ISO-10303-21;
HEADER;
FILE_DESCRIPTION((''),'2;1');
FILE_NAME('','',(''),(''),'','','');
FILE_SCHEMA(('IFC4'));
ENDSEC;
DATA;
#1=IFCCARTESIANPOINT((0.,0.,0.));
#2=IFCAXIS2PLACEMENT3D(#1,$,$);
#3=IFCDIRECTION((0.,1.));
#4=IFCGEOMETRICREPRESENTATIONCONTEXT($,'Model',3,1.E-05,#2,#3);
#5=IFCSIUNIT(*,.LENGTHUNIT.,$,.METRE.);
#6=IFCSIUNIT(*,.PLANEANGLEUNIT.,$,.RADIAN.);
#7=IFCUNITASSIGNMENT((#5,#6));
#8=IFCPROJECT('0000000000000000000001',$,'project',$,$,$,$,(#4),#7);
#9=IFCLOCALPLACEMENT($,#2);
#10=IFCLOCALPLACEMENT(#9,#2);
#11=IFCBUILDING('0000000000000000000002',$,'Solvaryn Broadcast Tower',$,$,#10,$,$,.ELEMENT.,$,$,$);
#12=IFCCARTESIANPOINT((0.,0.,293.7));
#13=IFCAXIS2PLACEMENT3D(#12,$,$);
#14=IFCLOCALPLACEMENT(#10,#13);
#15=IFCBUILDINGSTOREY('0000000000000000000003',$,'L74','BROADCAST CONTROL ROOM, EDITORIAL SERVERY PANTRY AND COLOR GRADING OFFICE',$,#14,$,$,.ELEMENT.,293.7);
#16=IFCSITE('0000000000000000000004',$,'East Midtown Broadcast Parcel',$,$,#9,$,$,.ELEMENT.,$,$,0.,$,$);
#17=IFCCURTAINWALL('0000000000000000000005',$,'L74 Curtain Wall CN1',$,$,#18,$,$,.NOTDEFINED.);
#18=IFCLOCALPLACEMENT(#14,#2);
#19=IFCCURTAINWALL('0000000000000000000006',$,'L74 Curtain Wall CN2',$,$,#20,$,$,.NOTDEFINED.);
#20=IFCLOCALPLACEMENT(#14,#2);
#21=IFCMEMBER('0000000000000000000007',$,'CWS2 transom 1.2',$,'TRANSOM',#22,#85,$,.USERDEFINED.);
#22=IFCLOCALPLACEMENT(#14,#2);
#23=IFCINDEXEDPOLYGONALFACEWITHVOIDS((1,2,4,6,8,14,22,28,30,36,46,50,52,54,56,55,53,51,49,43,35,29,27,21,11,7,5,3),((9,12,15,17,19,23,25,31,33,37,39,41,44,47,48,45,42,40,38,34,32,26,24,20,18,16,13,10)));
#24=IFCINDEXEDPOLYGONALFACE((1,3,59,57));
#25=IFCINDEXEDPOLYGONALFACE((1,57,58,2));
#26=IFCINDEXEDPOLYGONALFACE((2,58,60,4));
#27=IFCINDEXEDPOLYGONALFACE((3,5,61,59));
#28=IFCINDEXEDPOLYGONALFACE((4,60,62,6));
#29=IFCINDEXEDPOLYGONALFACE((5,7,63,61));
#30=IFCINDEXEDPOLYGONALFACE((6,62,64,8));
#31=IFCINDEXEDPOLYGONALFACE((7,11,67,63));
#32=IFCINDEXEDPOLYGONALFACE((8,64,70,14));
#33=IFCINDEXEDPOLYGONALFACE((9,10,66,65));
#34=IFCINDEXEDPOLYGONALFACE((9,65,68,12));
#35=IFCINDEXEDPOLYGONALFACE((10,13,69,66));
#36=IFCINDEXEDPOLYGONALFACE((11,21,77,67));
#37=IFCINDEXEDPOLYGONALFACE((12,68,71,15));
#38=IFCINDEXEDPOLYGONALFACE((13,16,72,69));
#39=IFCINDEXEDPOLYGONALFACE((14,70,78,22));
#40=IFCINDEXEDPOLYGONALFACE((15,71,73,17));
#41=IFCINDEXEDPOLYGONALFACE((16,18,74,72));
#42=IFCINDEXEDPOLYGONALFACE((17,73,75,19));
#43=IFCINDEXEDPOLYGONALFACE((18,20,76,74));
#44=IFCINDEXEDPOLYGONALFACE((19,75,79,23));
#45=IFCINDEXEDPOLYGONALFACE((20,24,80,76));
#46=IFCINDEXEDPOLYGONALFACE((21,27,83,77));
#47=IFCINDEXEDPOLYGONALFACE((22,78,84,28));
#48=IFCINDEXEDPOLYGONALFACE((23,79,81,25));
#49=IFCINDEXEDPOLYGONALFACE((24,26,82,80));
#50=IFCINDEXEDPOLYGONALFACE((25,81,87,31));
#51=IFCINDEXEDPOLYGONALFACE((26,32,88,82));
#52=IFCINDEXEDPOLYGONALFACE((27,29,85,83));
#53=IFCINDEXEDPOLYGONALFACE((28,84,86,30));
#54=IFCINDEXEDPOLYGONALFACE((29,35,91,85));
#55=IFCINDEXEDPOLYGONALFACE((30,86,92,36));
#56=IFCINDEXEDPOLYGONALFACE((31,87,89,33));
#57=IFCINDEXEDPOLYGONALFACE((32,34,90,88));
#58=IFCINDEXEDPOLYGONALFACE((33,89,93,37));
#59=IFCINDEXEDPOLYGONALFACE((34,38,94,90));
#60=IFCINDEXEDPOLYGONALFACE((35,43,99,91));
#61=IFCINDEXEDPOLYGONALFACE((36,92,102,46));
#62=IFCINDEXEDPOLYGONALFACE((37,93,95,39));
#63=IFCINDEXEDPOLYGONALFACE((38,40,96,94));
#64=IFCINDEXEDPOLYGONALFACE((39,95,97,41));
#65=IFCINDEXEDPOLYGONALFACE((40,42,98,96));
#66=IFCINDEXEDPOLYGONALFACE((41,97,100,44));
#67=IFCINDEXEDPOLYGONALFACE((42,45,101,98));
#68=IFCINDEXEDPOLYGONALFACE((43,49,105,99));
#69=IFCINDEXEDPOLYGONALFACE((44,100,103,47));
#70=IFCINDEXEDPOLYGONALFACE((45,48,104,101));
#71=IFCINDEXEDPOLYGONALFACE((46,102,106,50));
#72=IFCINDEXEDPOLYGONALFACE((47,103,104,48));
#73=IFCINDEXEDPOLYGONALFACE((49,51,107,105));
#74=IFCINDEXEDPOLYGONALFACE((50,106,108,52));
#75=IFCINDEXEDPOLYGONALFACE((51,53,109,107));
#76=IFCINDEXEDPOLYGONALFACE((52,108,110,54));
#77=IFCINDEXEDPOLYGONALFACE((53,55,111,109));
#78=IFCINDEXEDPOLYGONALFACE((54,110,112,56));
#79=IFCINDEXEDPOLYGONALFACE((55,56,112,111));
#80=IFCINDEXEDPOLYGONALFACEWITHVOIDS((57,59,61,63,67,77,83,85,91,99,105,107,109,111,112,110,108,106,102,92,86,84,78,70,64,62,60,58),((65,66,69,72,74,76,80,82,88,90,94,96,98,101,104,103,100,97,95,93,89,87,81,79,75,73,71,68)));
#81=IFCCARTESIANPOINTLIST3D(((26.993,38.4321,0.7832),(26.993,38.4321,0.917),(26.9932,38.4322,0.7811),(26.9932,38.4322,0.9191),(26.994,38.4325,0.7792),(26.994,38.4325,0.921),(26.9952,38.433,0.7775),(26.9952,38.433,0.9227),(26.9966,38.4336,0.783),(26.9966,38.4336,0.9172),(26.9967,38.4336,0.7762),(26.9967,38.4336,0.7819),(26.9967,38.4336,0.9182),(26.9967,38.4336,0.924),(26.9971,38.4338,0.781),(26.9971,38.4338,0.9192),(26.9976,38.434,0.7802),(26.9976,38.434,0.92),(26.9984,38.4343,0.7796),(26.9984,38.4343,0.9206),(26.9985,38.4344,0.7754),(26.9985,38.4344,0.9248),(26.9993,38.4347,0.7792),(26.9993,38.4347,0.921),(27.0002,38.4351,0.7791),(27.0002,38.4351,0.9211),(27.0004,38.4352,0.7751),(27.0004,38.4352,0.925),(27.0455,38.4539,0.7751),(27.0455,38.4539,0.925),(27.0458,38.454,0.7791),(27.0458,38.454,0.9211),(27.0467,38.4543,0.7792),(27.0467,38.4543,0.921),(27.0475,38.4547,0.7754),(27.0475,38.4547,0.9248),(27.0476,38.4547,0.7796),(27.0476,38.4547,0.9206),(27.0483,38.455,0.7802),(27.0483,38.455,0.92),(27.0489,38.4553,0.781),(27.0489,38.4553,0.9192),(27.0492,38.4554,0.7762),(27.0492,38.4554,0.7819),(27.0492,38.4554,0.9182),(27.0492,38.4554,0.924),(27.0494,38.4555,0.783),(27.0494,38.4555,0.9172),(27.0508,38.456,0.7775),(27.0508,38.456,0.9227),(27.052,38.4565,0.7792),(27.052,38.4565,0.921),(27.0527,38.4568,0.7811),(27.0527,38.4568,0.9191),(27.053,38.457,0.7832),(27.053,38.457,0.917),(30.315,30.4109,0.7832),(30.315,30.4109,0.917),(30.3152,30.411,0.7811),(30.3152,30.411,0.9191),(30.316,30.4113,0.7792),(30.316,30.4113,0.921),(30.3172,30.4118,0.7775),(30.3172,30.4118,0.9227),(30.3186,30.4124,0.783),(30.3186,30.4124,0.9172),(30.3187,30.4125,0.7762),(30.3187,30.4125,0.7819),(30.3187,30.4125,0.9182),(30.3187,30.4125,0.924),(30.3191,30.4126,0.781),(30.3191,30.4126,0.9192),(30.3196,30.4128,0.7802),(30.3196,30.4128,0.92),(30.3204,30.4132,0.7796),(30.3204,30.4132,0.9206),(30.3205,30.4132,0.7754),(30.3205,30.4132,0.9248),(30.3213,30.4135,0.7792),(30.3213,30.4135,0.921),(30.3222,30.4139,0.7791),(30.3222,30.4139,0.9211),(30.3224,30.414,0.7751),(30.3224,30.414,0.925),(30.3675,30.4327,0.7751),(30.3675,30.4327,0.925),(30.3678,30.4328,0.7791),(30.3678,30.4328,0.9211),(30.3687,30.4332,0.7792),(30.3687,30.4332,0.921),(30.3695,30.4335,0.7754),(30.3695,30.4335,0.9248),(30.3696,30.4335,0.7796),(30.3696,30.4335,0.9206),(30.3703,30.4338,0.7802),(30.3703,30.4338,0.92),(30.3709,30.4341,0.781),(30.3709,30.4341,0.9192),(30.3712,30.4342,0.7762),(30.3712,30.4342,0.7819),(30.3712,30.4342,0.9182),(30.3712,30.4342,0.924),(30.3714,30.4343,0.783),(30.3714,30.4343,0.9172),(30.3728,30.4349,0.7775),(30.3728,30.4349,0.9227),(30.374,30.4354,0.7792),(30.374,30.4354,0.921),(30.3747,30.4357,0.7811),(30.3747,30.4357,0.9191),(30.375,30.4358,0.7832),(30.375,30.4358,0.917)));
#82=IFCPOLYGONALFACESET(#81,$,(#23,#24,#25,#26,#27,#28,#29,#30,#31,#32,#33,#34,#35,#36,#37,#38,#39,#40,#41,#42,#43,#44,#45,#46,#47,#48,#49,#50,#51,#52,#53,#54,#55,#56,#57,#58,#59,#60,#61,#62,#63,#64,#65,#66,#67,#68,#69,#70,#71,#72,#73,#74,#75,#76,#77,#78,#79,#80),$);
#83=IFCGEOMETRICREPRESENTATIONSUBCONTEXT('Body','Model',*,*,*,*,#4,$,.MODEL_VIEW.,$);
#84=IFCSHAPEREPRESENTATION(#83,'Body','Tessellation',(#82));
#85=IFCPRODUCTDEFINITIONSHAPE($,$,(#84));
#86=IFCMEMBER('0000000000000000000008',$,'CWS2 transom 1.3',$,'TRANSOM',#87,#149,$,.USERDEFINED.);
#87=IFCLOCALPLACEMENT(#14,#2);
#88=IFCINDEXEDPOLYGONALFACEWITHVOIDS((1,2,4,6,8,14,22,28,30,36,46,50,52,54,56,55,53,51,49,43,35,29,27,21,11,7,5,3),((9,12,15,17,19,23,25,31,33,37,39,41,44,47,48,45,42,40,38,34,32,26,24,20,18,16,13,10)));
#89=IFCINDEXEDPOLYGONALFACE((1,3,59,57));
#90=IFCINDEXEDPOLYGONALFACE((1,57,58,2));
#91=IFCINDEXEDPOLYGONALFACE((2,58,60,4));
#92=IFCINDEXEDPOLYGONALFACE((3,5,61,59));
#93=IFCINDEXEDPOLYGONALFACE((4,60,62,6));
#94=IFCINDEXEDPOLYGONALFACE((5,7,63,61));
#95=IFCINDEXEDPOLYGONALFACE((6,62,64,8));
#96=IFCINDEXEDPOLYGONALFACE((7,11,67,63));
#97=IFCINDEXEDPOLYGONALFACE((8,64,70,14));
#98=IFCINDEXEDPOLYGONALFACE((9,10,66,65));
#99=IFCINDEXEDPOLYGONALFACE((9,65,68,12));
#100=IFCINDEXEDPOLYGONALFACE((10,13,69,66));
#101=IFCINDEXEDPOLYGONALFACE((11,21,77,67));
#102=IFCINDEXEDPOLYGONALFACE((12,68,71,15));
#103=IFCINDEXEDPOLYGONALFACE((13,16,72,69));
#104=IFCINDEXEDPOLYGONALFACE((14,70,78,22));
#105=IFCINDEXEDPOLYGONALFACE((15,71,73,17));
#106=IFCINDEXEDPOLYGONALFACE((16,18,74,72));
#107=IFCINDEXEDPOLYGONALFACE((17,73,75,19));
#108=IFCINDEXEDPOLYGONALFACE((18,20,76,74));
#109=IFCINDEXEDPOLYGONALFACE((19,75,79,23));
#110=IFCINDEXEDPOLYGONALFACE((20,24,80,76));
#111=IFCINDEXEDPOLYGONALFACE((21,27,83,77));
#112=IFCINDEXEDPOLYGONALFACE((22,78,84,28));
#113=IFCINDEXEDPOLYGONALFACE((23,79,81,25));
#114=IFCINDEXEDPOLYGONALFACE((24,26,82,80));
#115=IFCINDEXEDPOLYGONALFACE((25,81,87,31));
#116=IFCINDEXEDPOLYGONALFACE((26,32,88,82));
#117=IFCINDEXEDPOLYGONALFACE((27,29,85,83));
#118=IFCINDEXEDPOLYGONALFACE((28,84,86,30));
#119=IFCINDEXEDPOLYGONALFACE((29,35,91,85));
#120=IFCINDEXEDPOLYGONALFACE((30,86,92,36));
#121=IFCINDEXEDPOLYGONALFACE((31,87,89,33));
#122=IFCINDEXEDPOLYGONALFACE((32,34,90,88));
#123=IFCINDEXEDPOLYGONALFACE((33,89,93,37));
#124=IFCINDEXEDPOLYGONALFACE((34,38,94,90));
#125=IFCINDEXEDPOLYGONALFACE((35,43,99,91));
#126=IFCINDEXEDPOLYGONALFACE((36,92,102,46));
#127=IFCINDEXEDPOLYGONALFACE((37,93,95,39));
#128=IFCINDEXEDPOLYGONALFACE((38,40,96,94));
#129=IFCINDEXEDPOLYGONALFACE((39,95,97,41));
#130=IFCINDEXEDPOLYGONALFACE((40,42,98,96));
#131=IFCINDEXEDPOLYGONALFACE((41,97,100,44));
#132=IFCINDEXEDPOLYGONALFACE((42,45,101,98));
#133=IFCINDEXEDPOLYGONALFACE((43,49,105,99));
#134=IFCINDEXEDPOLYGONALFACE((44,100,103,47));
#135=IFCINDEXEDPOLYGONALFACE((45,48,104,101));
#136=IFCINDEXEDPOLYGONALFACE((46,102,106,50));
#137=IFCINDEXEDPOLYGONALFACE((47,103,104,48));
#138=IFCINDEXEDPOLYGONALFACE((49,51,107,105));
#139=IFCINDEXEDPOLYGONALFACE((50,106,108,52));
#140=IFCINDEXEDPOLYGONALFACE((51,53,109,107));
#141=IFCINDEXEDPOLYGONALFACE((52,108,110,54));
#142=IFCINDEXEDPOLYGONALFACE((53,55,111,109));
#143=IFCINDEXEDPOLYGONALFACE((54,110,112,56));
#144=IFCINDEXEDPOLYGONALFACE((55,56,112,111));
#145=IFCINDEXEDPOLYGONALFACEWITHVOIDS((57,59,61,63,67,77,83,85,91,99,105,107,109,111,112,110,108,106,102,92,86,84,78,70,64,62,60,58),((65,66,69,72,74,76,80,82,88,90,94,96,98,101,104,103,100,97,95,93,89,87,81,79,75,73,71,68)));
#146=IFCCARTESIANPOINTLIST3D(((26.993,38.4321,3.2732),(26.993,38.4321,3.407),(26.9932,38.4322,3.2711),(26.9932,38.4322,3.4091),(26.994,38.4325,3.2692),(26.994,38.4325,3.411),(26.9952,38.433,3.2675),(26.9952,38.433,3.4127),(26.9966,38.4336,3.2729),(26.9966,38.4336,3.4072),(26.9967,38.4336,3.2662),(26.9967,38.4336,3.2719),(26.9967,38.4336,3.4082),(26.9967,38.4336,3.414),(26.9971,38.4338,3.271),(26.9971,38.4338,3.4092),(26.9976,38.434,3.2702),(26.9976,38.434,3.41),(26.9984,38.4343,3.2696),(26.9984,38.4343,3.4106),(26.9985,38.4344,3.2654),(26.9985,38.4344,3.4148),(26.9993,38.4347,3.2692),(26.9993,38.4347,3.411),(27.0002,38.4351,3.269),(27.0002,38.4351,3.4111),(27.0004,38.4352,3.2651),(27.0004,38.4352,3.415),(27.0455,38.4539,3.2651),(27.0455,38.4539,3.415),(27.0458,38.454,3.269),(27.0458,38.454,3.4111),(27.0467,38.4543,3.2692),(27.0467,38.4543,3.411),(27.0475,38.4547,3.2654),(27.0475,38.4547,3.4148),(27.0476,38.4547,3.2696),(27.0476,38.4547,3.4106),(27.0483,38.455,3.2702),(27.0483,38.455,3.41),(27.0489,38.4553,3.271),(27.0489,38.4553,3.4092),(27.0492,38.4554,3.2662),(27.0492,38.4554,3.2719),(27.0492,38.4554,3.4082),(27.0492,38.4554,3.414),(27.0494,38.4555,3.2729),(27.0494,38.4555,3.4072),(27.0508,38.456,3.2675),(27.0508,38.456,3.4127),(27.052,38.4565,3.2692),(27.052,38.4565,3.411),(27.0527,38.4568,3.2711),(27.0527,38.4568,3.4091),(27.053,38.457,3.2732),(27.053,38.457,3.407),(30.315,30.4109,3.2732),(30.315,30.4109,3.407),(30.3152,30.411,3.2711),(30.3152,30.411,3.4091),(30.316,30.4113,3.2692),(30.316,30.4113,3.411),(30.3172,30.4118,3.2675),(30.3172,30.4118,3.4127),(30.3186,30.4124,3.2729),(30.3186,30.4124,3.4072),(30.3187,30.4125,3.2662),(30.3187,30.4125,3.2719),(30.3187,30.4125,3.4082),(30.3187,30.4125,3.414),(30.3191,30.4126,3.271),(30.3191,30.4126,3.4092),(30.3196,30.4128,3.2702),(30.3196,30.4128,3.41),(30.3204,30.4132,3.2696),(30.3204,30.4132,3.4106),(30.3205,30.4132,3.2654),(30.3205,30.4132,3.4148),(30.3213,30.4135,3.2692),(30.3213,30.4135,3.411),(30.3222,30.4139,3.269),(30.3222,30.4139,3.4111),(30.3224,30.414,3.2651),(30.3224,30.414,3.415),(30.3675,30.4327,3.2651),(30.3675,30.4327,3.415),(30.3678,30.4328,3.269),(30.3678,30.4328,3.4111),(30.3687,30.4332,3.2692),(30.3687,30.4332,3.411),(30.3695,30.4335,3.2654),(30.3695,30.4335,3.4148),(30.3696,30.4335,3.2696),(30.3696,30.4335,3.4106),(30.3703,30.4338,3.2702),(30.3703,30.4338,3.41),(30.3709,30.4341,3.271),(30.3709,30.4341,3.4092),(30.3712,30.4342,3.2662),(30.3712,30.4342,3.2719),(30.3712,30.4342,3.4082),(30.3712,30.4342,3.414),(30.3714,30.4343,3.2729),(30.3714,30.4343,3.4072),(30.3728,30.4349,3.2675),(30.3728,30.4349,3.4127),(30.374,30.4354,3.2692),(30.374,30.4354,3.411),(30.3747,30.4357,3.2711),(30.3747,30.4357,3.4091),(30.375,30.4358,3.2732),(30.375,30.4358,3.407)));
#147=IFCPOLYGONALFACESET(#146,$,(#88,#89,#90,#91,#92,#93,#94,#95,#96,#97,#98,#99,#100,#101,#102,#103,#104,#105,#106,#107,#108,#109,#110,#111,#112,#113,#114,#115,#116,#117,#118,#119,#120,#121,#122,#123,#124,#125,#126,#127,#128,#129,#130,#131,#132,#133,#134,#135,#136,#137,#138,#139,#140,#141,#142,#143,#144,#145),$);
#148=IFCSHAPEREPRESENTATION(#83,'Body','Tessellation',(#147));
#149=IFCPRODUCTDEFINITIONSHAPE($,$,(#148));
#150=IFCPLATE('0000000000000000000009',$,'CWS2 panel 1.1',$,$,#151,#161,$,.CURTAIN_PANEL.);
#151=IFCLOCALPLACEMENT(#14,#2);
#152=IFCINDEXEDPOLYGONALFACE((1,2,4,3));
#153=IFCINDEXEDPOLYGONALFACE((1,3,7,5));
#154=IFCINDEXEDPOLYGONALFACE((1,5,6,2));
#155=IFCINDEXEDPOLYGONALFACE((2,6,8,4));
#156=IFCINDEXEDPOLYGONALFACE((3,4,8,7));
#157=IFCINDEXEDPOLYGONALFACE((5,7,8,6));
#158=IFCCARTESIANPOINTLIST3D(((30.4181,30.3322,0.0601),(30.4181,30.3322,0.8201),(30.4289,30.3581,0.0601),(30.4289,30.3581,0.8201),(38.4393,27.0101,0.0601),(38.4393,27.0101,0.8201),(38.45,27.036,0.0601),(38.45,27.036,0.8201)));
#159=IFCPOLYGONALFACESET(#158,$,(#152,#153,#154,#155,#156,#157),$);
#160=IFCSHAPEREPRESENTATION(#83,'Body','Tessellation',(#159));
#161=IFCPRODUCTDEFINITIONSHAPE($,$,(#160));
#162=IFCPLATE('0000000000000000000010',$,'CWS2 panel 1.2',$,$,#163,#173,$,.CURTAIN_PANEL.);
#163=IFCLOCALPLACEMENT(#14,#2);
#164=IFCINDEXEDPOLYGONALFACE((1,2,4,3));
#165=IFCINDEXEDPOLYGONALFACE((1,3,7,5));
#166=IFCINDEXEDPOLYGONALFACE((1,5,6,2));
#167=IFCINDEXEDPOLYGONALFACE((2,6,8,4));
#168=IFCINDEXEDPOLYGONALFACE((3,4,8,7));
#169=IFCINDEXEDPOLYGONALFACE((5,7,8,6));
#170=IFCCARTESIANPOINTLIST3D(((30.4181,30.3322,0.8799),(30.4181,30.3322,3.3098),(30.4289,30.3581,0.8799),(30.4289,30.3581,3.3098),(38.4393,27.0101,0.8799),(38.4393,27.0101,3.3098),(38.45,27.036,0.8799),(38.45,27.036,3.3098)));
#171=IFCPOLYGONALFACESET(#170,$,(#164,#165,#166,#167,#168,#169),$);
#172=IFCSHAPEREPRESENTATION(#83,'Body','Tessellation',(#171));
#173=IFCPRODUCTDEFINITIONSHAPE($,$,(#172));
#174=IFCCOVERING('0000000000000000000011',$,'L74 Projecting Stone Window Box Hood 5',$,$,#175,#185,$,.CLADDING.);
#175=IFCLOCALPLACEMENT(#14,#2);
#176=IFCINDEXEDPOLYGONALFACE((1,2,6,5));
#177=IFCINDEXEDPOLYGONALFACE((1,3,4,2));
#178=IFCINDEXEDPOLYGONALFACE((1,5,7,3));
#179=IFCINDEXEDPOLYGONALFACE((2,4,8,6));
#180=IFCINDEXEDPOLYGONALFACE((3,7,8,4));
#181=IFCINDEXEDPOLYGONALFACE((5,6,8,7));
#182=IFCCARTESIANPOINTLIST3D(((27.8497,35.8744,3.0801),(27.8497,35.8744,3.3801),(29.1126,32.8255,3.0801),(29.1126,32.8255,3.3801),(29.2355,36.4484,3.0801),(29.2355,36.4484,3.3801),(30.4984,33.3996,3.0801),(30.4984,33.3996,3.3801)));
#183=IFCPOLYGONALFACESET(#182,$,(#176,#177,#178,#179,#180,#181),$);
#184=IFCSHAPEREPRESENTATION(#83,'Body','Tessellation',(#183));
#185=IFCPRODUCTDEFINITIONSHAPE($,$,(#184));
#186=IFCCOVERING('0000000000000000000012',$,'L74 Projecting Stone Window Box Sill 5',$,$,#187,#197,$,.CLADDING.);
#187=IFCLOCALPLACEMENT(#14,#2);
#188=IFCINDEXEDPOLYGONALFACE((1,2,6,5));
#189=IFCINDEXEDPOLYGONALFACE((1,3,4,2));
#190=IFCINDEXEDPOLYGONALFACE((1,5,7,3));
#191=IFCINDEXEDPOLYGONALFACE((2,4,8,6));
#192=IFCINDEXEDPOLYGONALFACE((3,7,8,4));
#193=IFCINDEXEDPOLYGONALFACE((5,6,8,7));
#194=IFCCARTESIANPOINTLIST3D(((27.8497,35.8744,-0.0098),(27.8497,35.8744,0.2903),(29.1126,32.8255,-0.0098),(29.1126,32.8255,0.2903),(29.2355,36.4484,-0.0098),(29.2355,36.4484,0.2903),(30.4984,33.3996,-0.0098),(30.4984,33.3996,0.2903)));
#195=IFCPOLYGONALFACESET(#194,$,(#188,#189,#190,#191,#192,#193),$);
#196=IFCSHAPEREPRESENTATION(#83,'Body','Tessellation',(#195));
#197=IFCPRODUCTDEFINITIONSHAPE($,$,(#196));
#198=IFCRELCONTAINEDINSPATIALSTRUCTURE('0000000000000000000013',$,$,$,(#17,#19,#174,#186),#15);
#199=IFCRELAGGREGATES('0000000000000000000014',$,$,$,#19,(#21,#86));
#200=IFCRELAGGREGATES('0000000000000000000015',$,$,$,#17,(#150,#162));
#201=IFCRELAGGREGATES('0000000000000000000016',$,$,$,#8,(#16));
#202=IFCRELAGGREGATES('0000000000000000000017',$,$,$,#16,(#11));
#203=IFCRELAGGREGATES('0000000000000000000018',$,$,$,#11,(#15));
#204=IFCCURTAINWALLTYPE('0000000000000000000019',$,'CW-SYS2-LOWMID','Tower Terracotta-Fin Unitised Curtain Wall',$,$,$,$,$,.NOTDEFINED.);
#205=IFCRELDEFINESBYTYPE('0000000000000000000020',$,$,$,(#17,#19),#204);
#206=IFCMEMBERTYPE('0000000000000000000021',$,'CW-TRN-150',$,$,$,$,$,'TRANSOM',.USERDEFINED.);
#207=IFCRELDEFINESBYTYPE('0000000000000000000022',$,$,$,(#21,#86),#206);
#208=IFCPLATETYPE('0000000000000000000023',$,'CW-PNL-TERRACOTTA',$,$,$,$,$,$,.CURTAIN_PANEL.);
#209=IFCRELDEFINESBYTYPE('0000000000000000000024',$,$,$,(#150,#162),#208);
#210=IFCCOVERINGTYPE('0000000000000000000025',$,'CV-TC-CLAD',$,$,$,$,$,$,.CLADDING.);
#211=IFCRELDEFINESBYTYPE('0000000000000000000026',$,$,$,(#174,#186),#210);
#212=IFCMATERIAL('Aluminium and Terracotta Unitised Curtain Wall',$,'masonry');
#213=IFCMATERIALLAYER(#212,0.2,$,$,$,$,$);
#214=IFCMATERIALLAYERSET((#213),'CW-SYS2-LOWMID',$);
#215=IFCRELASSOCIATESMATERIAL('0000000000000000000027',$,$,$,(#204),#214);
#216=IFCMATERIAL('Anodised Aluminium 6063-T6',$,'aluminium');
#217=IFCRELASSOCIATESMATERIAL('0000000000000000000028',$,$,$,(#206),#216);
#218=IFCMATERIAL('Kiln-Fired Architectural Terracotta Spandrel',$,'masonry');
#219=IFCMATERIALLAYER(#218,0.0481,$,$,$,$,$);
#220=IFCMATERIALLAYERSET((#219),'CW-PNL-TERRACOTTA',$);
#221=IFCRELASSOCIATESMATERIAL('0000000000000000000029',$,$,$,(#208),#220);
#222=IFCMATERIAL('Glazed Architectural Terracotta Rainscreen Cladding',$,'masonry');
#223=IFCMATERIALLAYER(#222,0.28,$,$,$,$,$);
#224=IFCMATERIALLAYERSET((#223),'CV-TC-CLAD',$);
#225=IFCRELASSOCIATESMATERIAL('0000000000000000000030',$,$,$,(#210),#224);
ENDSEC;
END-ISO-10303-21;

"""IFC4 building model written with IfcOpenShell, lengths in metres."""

from ifc_helpers import new_model, si_unit, direction, frame, origin, origin_2d, place, context, subcontext, project, spatial, rectangle, hollow_rectangle, extrude, material, layer, layer_set, material_profile, profile_set, type_object, element, aggregate, save


model = new_model("IFC4")

# Units and contexts
model_context = context("Model", 3, precision=1e-05, world=origin(), true_north=direction((0.0, 1.0)))
body_context = subcontext(model_context, "Body", "Model", "MODEL_VIEW")
ifc_project = project(units=[si_unit("LENGTHUNIT", "METRE"), si_unit("PLANEANGLEUNIT", "RADIAN")], contexts=[model_context])

# Site, building, storey
site_placement = place(None, origin())
site = spatial("IfcSite", under=ifc_project, at=site_placement, Name="East Midtown Broadcast Parcel", CompositionType="ELEMENT", RefElevation=0.0)
building_placement = place(site_placement, origin())
building = spatial("IfcBuilding", under=site, at=building_placement, Name="Solvaryn Broadcast Tower", CompositionType="ELEMENT")
storey_placement = place(building_placement, frame((0.0, 0.0, 293.7)))
storey = spatial("IfcBuildingStorey", under=building, at=storey_placement, Name="L74", Description="BROADCAST CONTROL ROOM, EDITORIAL SERVERY PANTRY AND COLOR GRADING OFFICE", CompositionType="ELEMENT", Elevation=293.7)

# Curtain wall
ifc_material_1 = material(Name="Aluminium and Terracotta Unitised Curtain Wall", Category="masonry")
ifc_layer_1 = layer(ifc_material_1, 0.2)
ifc_layer_set_1 = layer_set([ifc_layer_1], Name="CW-SYS2-LOWMID")
curtain_wall_type = type_object("IfcCurtainWallType", Name="CW-SYS2-LOWMID", Description="Tower Terracotta-Fin Unitised Curtain Wall", PredefinedType="NOTDEFINED", material=ifc_layer_set_1)
curtain_wall_1_placement = place(storey_placement, origin())
curtain_wall_1 = element("IfcCurtainWall", 1, at=curtain_wall_1_placement, inside=storey, type_object=curtain_wall_type, Name="L74 Curtain Wall CN1", PredefinedType="NOTDEFINED")

# Curtain wall
curtain_wall_2_placement = place(storey_placement, origin())
curtain_wall_2 = element("IfcCurtainWall", 2, at=curtain_wall_2_placement, inside=storey, type_object=curtain_wall_type, Name="L74 Curtain Wall CN2", PredefinedType="NOTDEFINED")

# Members
ifc_material_2 = material(Name="Anodised Aluminium 6063-T6", Category="aluminium")
ifc_material_profile_1 = material_profile(ifc_material_2, hollow_rectangle(XDim=0.0649, YDim=0.1499, WallThickness=0.0039, InnerFilletRadius=0.0039, OuterFilletRadius=0.0081, at=origin_2d()))
ifc_profile_set_1 = profile_set([ifc_material_profile_1], Name="Anodised Aluminium 6063-T6")
member_type_1 = type_object("IfcMemberType", Name="CW-TRN-150", ElementType="TRANSOM", PredefinedType="USERDEFINED", material=ifc_profile_set_1)
member_1_placement = place(storey_placement, frame((30.345, 30.4233, 0.8501), z_axis=(-0.382636, 0.923899, 0.0), x_axis=(-0.923899, -0.382636, 0.0)))
member_1 = element("IfcMember", 3, at=member_1_placement, type_object=member_type_1, Name="CWS2 transom 1.2", ObjectType="TRANSOM", PredefinedType="USERDEFINED", context=body_context, shape_type="SweptSolid", body=[
    extrude(hollow_rectangle(XDim=0.0649, YDim=0.1499, WallThickness=0.0039, InnerFilletRadius=0.0039, OuterFilletRadius=0.0081, at=origin_2d()), origin(), (0.0, 0.0, 1.0), 8.6819),
])
member_2_placement = place(storey_placement, frame((30.345, 30.4233, 3.3401), z_axis=(-0.382636, 0.923899, 0.0), x_axis=(-0.923899, -0.382636, 0.0)))
member_2 = element("IfcMember", 4, at=member_2_placement, type_object=member_type_1, Name="CWS2 transom 1.3", ObjectType="TRANSOM", PredefinedType="USERDEFINED", context=body_context, shape_type="SweptSolid", body=[
    extrude(hollow_rectangle(XDim=0.0649, YDim=0.1499, WallThickness=0.0039, InnerFilletRadius=0.0039, OuterFilletRadius=0.0081, at=origin_2d()), origin(), (0.0, 0.0, 1.0), 8.6819),
])
aggregate(curtain_wall_2, [member_1, member_2])

# Plates
ifc_material_3 = material(Name="Kiln-Fired Architectural Terracotta Spandrel", Category="masonry")
ifc_layer_2 = layer(ifc_material_3, 0.0481)
ifc_layer_set_2 = layer_set([ifc_layer_2], Name="CW-PNL-TERRACOTTA")
plate_type = type_object("IfcPlateType", Name="CW-PNL-TERRACOTTA", PredefinedType="CURTAIN_PANEL", material=ifc_layer_set_2)
plate_1_placement = place(storey_placement, frame((34.4341, 28.6841, 0.0601), z_axis=(0.0, 0.0, 1.0), x_axis=(-0.923895, 0.382646, 0.0)))
plate_1 = element("IfcPlate", 5, at=plate_1_placement, type_object=plate_type, Name="CWS2 panel 1.1", PredefinedType="CURTAIN_PANEL", context=body_context, shape_type="SweptSolid", body=[
    extrude(rectangle(XDim=8.6819, YDim=0.0281, at=origin_2d()), origin(), (0.0, 0.0, 1.0), 0.76),
])
plate_2_placement = place(storey_placement, frame((34.4341, 28.6841, 0.8799), z_axis=(0.0, 0.0, 1.0), x_axis=(-0.923895, 0.382646, 0.0)))
plate_2 = element("IfcPlate", 6, at=plate_2_placement, type_object=plate_type, Name="CWS2 panel 1.2", PredefinedType="CURTAIN_PANEL", context=body_context, shape_type="SweptSolid", body=[
    extrude(rectangle(XDim=8.6819, YDim=0.0281, at=origin_2d()), origin(), (0.0, 0.0, 1.0), 2.4299),
])
aggregate(curtain_wall_1, [plate_1, plate_2])

# Coverings
ifc_material_4 = material(Name="Glazed Architectural Terracotta Rainscreen Cladding", Category="masonry")
ifc_layer_3 = layer(ifc_material_4, 0.28)
ifc_layer_set_3 = layer_set([ifc_layer_3], Name="CV-TC-CLAD")
covering_type_1 = type_object("IfcCoveringType", Name="CV-TC-CLAD", PredefinedType="CLADDING", material=ifc_layer_set_3)
for number, where, z_axis, x_axis, name in (
    (7, (29.1741, 34.637, 3.0801), (0.0, 0.0, 1.0), (-0.382683, 0.92388, 0.0), "L74 Projecting Stone Window Box Hood 5"),
    (8, (29.1741, 34.637, -0.0098), (0.0, 0.0, 1.0), (-0.382683, 0.92388, 0.0), "L74 Projecting Stone Window Box Sill 5"),
):
    element("IfcCovering", number, at=place(storey_placement, frame(where, z_axis=z_axis, x_axis=x_axis)), inside=storey, type_object=covering_type_1, Name=name, PredefinedType="CLADDING", context=body_context, shape_type="SweptSolid", body=[
        extrude(rectangle(XDim=3.3, YDim=1.5, at=origin_2d()), origin(), (0.0, 0.0, 1.0), 0.3),
    ])

save(model, "model.ifc")
